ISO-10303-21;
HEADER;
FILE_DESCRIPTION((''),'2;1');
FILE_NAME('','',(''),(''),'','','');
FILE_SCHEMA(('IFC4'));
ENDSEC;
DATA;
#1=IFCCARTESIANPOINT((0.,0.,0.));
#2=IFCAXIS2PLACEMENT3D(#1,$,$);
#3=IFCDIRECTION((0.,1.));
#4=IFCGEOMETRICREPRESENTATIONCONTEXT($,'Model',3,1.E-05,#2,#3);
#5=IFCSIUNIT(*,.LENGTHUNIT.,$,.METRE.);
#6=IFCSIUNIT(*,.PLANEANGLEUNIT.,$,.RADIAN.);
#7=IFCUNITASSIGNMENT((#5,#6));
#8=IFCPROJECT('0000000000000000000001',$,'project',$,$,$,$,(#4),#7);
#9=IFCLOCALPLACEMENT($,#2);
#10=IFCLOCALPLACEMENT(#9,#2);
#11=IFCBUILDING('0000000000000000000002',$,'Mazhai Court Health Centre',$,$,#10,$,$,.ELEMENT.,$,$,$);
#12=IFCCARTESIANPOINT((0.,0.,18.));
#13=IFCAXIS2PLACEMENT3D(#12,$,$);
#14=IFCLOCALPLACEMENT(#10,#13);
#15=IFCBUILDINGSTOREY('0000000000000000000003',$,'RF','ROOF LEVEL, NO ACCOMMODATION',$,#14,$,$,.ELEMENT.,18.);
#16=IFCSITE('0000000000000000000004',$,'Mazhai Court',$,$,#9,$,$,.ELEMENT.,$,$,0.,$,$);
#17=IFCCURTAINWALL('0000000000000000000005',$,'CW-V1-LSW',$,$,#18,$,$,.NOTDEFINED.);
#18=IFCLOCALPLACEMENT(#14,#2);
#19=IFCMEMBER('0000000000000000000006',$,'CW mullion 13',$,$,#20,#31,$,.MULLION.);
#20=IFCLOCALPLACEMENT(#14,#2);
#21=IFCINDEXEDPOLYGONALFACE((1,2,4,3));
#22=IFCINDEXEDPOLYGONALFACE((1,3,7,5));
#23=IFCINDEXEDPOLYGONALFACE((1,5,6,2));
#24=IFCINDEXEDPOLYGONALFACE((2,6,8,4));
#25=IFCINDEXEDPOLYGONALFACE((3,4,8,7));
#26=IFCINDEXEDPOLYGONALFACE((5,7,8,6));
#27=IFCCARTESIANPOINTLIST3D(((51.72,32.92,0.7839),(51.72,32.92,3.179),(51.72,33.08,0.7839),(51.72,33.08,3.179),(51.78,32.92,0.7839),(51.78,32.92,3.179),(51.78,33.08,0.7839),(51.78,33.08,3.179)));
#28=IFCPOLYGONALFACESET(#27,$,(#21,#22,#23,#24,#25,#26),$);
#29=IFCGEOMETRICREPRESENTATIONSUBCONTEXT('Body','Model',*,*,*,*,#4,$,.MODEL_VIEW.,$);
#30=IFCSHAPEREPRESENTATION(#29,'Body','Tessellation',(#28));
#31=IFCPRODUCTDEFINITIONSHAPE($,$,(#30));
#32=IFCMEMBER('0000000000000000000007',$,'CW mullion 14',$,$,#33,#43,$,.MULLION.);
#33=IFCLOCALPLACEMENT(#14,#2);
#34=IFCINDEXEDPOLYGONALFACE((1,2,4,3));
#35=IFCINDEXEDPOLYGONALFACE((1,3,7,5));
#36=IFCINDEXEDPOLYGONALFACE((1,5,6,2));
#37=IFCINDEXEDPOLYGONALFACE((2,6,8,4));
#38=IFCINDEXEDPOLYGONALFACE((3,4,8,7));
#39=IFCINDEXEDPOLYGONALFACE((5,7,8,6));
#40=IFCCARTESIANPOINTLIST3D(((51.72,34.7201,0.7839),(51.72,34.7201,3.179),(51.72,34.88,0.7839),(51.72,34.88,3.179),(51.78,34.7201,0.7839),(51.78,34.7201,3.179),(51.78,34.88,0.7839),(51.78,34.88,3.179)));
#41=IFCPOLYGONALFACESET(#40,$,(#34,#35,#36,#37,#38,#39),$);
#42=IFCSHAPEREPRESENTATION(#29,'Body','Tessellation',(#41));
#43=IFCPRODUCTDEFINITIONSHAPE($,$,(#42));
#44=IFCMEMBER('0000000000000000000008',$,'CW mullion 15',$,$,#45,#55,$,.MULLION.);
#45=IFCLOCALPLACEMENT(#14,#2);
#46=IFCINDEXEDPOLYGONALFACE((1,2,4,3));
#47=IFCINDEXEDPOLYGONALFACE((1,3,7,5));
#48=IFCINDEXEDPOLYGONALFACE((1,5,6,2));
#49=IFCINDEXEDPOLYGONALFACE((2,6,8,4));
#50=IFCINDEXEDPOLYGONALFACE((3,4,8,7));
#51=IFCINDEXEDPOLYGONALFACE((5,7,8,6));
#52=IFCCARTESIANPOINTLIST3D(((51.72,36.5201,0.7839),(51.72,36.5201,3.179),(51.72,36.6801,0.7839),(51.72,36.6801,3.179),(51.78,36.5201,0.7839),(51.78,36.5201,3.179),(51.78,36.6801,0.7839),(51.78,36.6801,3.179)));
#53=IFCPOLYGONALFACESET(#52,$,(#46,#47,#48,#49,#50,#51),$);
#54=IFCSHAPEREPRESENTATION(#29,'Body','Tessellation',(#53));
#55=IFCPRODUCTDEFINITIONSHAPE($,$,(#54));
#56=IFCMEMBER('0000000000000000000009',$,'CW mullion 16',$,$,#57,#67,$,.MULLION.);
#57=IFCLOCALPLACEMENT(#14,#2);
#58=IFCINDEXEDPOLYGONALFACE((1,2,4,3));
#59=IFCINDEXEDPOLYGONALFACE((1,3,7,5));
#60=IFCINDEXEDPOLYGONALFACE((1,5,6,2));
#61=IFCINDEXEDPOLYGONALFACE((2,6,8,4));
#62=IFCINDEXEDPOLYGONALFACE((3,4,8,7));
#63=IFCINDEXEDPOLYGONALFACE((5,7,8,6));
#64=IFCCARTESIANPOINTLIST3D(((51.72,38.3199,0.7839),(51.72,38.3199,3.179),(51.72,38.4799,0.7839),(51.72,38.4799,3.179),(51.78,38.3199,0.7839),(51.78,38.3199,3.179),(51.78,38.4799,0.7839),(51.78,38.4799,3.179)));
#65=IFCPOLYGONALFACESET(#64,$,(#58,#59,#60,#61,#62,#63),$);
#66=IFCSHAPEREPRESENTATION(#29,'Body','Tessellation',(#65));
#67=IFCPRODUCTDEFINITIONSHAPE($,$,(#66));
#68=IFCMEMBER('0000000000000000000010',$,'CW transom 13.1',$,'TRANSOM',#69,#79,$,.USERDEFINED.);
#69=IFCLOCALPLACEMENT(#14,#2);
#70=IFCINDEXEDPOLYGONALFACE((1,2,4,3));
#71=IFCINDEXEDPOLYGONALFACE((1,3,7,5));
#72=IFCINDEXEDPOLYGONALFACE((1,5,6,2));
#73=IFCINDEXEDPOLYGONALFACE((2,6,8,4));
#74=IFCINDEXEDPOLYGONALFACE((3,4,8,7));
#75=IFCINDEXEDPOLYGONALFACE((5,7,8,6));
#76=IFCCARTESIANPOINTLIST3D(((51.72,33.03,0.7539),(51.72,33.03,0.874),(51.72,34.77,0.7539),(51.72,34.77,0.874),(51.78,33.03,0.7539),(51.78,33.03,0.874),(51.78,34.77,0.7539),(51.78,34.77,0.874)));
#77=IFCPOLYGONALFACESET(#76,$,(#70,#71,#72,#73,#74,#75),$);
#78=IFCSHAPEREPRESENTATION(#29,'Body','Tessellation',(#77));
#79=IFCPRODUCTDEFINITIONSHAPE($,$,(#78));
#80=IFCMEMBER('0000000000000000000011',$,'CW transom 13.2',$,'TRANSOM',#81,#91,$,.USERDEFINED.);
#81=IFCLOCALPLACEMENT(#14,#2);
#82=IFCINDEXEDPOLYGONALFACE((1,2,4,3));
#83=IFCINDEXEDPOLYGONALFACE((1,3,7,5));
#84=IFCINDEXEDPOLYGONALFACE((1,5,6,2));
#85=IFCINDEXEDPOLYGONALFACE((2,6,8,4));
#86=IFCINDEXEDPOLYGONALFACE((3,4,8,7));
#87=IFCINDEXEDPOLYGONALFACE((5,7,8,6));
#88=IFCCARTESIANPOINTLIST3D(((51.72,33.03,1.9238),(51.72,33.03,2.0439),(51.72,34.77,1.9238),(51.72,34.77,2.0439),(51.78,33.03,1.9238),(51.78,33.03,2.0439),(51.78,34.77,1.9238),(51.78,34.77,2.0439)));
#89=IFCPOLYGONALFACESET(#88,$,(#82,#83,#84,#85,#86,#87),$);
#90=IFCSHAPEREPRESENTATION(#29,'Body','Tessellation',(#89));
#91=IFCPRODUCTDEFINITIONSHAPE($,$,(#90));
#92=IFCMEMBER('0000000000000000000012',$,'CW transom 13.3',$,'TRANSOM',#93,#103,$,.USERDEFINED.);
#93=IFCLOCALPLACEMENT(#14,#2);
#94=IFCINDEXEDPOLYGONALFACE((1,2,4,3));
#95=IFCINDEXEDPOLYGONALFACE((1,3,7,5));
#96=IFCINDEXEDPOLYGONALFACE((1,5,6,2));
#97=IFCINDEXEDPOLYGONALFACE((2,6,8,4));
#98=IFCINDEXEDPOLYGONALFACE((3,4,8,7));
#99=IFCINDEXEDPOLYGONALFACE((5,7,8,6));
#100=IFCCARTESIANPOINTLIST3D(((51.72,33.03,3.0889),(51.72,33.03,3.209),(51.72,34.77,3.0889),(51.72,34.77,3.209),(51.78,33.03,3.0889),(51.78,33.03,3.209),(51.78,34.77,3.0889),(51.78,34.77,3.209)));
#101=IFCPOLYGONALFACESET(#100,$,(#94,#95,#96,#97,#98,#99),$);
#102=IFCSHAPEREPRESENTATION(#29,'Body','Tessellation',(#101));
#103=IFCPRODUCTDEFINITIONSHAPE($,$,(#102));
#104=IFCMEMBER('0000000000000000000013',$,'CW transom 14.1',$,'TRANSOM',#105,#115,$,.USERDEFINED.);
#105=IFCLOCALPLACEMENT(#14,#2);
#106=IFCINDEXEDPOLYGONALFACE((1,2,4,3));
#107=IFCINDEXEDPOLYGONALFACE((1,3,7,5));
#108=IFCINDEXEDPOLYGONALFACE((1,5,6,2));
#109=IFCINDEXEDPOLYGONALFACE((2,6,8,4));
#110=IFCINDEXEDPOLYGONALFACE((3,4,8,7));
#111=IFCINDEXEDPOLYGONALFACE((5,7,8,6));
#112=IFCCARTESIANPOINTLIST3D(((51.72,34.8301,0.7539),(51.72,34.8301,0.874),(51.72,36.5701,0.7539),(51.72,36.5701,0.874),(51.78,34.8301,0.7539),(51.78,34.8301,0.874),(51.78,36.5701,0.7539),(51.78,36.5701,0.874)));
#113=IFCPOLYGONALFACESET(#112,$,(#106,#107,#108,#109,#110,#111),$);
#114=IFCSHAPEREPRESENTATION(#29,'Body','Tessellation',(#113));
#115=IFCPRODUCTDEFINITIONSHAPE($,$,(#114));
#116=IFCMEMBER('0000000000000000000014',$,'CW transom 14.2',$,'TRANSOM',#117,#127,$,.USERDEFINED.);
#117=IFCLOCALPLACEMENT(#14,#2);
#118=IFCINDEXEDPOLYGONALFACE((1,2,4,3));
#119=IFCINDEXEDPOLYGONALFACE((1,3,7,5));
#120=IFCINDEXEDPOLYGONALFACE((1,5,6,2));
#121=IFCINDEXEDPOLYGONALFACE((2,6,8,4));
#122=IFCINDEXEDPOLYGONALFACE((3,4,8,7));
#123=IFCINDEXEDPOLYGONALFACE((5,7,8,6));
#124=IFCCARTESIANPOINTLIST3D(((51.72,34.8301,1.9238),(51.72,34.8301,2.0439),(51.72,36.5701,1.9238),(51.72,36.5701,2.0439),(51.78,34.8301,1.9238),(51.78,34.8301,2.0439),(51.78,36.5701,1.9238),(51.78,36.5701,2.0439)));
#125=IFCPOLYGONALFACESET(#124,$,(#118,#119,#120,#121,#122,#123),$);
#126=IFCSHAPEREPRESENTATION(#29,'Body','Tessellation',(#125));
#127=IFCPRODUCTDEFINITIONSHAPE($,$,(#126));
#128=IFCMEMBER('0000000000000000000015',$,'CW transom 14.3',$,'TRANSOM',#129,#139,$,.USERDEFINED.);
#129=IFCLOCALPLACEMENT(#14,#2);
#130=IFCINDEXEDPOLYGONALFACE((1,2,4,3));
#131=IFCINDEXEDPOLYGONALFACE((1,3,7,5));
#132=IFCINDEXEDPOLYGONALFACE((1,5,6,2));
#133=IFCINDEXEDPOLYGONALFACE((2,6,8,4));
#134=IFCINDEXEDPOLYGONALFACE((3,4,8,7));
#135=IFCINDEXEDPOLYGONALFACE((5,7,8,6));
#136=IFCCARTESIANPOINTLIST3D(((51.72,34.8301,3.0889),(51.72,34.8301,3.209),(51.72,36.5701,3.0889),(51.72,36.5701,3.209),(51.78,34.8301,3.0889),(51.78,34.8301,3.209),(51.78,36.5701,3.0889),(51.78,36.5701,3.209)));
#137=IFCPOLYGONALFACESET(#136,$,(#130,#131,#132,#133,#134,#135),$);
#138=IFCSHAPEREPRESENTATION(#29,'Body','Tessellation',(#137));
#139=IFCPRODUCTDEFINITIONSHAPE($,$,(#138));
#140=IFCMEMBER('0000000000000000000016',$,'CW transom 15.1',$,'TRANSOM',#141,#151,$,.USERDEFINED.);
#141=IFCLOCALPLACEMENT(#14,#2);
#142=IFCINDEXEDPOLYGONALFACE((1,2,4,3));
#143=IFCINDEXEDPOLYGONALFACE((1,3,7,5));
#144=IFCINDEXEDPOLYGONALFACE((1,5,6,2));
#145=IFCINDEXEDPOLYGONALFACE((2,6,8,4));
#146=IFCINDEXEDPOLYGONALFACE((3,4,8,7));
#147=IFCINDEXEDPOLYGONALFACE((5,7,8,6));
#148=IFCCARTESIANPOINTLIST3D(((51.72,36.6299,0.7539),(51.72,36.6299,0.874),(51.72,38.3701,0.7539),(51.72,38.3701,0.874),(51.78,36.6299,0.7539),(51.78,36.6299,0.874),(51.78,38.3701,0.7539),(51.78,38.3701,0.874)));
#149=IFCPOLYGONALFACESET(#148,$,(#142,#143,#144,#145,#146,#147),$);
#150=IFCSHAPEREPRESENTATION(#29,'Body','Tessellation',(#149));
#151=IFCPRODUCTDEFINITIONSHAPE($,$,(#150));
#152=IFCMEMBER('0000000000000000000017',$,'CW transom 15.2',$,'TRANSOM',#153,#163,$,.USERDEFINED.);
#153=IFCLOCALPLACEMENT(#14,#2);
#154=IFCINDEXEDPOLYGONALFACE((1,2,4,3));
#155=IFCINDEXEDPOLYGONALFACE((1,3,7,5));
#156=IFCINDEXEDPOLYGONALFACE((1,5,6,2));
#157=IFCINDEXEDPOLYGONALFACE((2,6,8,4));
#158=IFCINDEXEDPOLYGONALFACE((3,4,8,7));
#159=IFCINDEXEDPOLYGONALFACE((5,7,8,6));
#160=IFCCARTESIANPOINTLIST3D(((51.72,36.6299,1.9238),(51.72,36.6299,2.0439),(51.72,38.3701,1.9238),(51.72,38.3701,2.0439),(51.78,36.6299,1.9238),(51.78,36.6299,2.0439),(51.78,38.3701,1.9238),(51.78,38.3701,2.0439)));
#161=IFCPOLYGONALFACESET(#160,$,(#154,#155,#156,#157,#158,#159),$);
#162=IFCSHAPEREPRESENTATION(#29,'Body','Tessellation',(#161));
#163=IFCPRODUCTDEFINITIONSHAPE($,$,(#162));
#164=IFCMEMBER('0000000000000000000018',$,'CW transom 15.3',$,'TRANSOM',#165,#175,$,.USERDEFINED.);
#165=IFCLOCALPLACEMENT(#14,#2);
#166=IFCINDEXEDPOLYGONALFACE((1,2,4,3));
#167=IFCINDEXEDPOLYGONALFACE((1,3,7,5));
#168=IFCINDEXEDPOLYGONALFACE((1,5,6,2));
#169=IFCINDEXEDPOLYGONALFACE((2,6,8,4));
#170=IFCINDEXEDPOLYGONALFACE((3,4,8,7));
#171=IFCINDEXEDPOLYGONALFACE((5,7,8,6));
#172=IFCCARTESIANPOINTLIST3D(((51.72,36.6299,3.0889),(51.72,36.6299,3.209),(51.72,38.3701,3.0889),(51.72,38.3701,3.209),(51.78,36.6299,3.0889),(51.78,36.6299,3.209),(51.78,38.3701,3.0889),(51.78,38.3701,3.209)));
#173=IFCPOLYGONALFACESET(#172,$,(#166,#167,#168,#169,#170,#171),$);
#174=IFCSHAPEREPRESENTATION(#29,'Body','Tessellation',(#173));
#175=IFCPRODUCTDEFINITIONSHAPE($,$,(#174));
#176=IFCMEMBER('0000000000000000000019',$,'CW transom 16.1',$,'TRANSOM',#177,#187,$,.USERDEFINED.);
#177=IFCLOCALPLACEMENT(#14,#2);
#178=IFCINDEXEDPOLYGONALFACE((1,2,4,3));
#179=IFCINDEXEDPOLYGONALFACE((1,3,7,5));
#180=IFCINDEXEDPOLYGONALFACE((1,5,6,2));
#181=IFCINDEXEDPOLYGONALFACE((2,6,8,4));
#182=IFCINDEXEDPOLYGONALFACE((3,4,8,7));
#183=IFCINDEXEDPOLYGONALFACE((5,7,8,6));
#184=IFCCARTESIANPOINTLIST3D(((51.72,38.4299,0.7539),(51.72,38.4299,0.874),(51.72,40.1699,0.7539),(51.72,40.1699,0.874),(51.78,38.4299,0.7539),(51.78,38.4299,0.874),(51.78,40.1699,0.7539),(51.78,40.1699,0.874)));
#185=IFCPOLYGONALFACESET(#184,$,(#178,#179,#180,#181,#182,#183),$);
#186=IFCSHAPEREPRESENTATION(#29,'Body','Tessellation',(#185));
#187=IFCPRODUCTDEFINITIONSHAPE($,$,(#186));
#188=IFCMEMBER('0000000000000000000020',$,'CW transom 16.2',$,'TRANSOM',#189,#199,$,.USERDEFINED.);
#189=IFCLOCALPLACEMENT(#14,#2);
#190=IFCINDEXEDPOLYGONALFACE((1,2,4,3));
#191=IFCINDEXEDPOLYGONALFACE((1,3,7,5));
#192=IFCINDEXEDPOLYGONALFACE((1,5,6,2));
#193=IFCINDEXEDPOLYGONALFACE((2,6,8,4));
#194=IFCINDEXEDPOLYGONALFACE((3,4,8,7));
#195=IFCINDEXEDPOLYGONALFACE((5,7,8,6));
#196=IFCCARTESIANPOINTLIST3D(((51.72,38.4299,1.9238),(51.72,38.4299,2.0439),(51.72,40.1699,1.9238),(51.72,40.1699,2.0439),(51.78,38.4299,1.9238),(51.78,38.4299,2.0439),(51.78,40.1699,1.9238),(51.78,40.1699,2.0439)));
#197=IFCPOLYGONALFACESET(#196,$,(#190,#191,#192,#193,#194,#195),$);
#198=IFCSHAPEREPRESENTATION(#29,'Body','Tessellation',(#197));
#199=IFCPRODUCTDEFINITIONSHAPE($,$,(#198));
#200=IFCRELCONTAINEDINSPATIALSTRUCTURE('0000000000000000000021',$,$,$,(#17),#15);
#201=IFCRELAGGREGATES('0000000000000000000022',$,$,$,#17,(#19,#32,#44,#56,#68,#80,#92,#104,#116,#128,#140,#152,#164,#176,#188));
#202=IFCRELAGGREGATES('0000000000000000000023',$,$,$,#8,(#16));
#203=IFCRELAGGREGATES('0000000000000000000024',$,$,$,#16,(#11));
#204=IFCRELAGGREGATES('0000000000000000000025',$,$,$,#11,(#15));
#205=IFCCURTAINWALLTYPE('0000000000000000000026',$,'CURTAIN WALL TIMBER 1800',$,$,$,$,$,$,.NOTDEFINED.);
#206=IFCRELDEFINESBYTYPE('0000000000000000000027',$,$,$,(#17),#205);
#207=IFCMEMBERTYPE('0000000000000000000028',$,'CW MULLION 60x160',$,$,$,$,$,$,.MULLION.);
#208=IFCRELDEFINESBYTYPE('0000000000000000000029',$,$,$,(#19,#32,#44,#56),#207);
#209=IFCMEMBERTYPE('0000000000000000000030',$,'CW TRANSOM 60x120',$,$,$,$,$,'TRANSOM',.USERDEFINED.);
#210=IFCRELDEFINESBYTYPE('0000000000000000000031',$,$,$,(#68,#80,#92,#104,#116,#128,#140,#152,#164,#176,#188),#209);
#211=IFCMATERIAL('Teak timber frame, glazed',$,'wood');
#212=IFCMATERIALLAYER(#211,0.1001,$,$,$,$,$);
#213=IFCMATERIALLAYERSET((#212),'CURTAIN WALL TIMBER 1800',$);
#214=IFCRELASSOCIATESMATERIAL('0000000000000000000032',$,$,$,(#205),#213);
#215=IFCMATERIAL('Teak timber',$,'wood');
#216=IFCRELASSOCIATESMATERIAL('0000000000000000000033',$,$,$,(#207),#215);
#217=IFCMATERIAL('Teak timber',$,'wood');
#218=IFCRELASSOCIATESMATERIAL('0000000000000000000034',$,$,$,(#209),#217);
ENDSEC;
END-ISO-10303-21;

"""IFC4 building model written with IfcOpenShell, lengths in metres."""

from ifc_helpers import new_model, si_unit, direction, frame, origin, origin_2d, place, context, subcontext, project, spatial, rectangle, extrude, material, layer, layer_set, material_profile, profile_set, type_object, element, aggregate, save


model = new_model("IFC4")

# Units and contexts
model_context = context("Model", 3, precision=1e-05, world=origin(), true_north=direction((0.0, 1.0)))
body_context = subcontext(model_context, "Body", "Model", "MODEL_VIEW")
ifc_project = project(units=[si_unit("LENGTHUNIT", "METRE"), si_unit("PLANEANGLEUNIT", "RADIAN")], contexts=[model_context])

# Site, building, storey
site_placement = place(None, origin())
site = spatial("IfcSite", under=ifc_project, at=site_placement, Name="Mazhai Court", CompositionType="ELEMENT", RefElevation=0.0)
building_placement = place(site_placement, origin())
building = spatial("IfcBuilding", under=site, at=building_placement, Name="Mazhai Court Health Centre", CompositionType="ELEMENT")
storey_placement = place(building_placement, frame((0.0, 0.0, 18.0)))
storey = spatial("IfcBuildingStorey", under=building, at=storey_placement, Name="RF", Description="ROOF LEVEL, NO ACCOMMODATION", CompositionType="ELEMENT", Elevation=18.0)

# Curtain wall, members
ifc_material_1 = material(Name="Teak timber frame, glazed", Category="wood")
ifc_layer_1 = layer(ifc_material_1, 0.1001)
ifc_layer_set_1 = layer_set([ifc_layer_1], Name="CURTAIN WALL TIMBER 1800")
curtain_wall_type = type_object("IfcCurtainWallType", Name="CURTAIN WALL TIMBER 1800", PredefinedType="NOTDEFINED", material=ifc_layer_set_1)
curtain_wall_placement = place(storey_placement, origin())
curtain_wall = element("IfcCurtainWall", 1, at=curtain_wall_placement, inside=storey, type_object=curtain_wall_type, Name="CW-V1-LSW", PredefinedType="NOTDEFINED")
ifc_material_2 = material(Name="Teak timber", Category="wood")
ifc_material_profile_1 = material_profile(ifc_material_2, rectangle(XDim=0.0601, YDim=0.1599, at=origin_2d()), Name="CW MULLION 60x160")
ifc_profile_set_1 = profile_set([ifc_material_profile_1], Name="Teak timber")
member_type_1 = type_object("IfcMemberType", Name="CW MULLION 60x160", PredefinedType="MULLION", material=ifc_profile_set_1)
member_1_placement = place(storey_placement, frame((51.75, 33.0, 0.7839), z_axis=(0.0, 0.0, 1.0), x_axis=(-1.0, 0.0, 0.0)))
member_1 = element("IfcMember", 2, at=member_1_placement, type_object=member_type_1, Name="CW mullion 13", PredefinedType="MULLION", context=body_context, shape_type="SweptSolid", body=[
    extrude(rectangle(XDim=0.0601, YDim=0.1599, at=origin_2d()), origin(), (0.0, 0.0, 1.0), 2.395),
])
member_2_placement = place(storey_placement, frame((51.75, 34.8, 0.7839), z_axis=(0.0, 0.0, 1.0), x_axis=(-1.0, 0.0, 0.0)))
member_2 = element("IfcMember", 3, at=member_2_placement, type_object=member_type_1, Name="CW mullion 14", PredefinedType="MULLION", context=body_context, shape_type="SweptSolid", body=[
    extrude(rectangle(XDim=0.0601, YDim=0.1599, at=origin_2d()), origin(), (0.0, 0.0, 1.0), 2.395),
])
member_3_placement = place(storey_placement, frame((51.75, 36.6001, 0.7839), z_axis=(0.0, 0.0, 1.0), x_axis=(-1.0, 0.0, 0.0)))
member_3 = element("IfcMember", 4, at=member_3_placement, type_object=member_type_1, Name="CW mullion 15", PredefinedType="MULLION", context=body_context, shape_type="SweptSolid", body=[
    extrude(rectangle(XDim=0.0601, YDim=0.1599, at=origin_2d()), origin(), (0.0, 0.0, 1.0), 2.395),
])
member_4_placement = place(storey_placement, frame((51.75, 38.3999, 0.7839), z_axis=(0.0, 0.0, 1.0), x_axis=(-1.0, 0.0, 0.0)))
member_4 = element("IfcMember", 5, at=member_4_placement, type_object=member_type_1, Name="CW mullion 16", PredefinedType="MULLION", context=body_context, shape_type="SweptSolid", body=[
    extrude(rectangle(XDim=0.0601, YDim=0.1599, at=origin_2d()), origin(), (0.0, 0.0, 1.0), 2.395),
])
ifc_material_3 = material(Name="Teak timber", Category="wood")
ifc_material_profile_2 = material_profile(ifc_material_3, rectangle(XDim=0.0601, YDim=0.1201, at=origin_2d()), Name="CW TRANSOM 60x120")
ifc_profile_set_2 = profile_set([ifc_material_profile_2], Name="Teak timber")
member_type_2 = type_object("IfcMemberType", Name="CW TRANSOM 60x120", ElementType="TRANSOM", PredefinedType="USERDEFINED", material=ifc_profile_set_2)
member_5_placement = place(storey_placement, frame((51.75, 33.03, 0.814), z_axis=(0.0, 1.0, 0.0), x_axis=(-1.0, 0.0, 0.0)))
member_5 = element("IfcMember", 6, at=member_5_placement, type_object=member_type_2, Name="CW transom 13.1", ObjectType="TRANSOM", PredefinedType="USERDEFINED", context=body_context, shape_type="SweptSolid", body=[
    extrude(rectangle(XDim=0.0601, YDim=0.1201, at=origin_2d()), origin(), (0.0, 0.0, 1.0), 1.74),
])
member_6_placement = place(storey_placement, frame((51.75, 33.03, 1.9839), z_axis=(0.0, 1.0, 0.0), x_axis=(-1.0, 0.0, 0.0)))
member_6 = element("IfcMember", 7, at=member_6_placement, type_object=member_type_2, Name="CW transom 13.2", ObjectType="TRANSOM", PredefinedType="USERDEFINED", context=body_context, shape_type="SweptSolid", body=[
    extrude(rectangle(XDim=0.0601, YDim=0.1201, at=origin_2d()), origin(), (0.0, 0.0, 1.0), 1.74),
])
member_7_placement = place(storey_placement, frame((51.75, 33.03, 3.1489), z_axis=(0.0, 1.0, 0.0), x_axis=(-1.0, 0.0, 0.0)))
member_7 = element("IfcMember", 8, at=member_7_placement, type_object=member_type_2, Name="CW transom 13.3", ObjectType="TRANSOM", PredefinedType="USERDEFINED", context=body_context, shape_type="SweptSolid", body=[
    extrude(rectangle(XDim=0.0601, YDim=0.1201, at=origin_2d()), origin(), (0.0, 0.0, 1.0), 1.74),
])
member_8_placement = place(storey_placement, frame((51.75, 34.8301, 0.814), z_axis=(0.0, 1.0, 0.0), x_axis=(-1.0, 0.0, 0.0)))
member_8 = element("IfcMember", 9, at=member_8_placement, type_object=member_type_2, Name="CW transom 14.1", ObjectType="TRANSOM", PredefinedType="USERDEFINED", context=body_context, shape_type="SweptSolid", body=[
    extrude(rectangle(XDim=0.0601, YDim=0.1201, at=origin_2d()), origin(), (0.0, 0.0, 1.0), 1.74),
])
member_9_placement = place(storey_placement, frame((51.75, 34.8301, 1.9839), z_axis=(0.0, 1.0, 0.0), x_axis=(-1.0, 0.0, 0.0)))
member_9 = element("IfcMember", 10, at=member_9_placement, type_object=member_type_2, Name="CW transom 14.2", ObjectType="TRANSOM", PredefinedType="USERDEFINED", context=body_context, shape_type="SweptSolid", body=[
    extrude(rectangle(XDim=0.0601, YDim=0.1201, at=origin_2d()), origin(), (0.0, 0.0, 1.0), 1.74),
])
member_10_placement = place(storey_placement, frame((51.75, 34.8301, 3.1489), z_axis=(0.0, 1.0, 0.0), x_axis=(-1.0, 0.0, 0.0)))
member_10 = element("IfcMember", 11, at=member_10_placement, type_object=member_type_2, Name="CW transom 14.3", ObjectType="TRANSOM", PredefinedType="USERDEFINED", context=body_context, shape_type="SweptSolid", body=[
    extrude(rectangle(XDim=0.0601, YDim=0.1201, at=origin_2d()), origin(), (0.0, 0.0, 1.0), 1.74),
])
member_11_placement = place(storey_placement, frame((51.75, 36.6299, 0.814), z_axis=(0.0, 1.0, 0.0), x_axis=(-1.0, 0.0, 0.0)))
member_11 = element("IfcMember", 12, at=member_11_placement, type_object=member_type_2, Name="CW transom 15.1", ObjectType="TRANSOM", PredefinedType="USERDEFINED", context=body_context, shape_type="SweptSolid", body=[
    extrude(rectangle(XDim=0.0601, YDim=0.1201, at=origin_2d()), origin(), (0.0, 0.0, 1.0), 1.7402),
])
member_12_placement = place(storey_placement, frame((51.75, 36.6299, 1.9839), z_axis=(0.0, 1.0, 0.0), x_axis=(-1.0, 0.0, 0.0)))
member_12 = element("IfcMember", 13, at=member_12_placement, type_object=member_type_2, Name="CW transom 15.2", ObjectType="TRANSOM", PredefinedType="USERDEFINED", context=body_context, shape_type="SweptSolid", body=[
    extrude(rectangle(XDim=0.0601, YDim=0.1201, at=origin_2d()), origin(), (0.0, 0.0, 1.0), 1.7402),
])
member_13_placement = place(storey_placement, frame((51.75, 36.6299, 3.1489), z_axis=(0.0, 1.0, 0.0), x_axis=(-1.0, 0.0, 0.0)))
member_13 = element("IfcMember", 14, at=member_13_placement, type_object=member_type_2, Name="CW transom 15.3", ObjectType="TRANSOM", PredefinedType="USERDEFINED", context=body_context, shape_type="SweptSolid", body=[
    extrude(rectangle(XDim=0.0601, YDim=0.1201, at=origin_2d()), origin(), (0.0, 0.0, 1.0), 1.7402),
])
member_14_placement = place(storey_placement, frame((51.75, 38.4299, 0.814), z_axis=(0.0, 1.0, 0.0), x_axis=(-1.0, 0.0, 0.0)))
member_14 = element("IfcMember", 15, at=member_14_placement, type_object=member_type_2, Name="CW transom 16.1", ObjectType="TRANSOM", PredefinedType="USERDEFINED", context=body_context, shape_type="SweptSolid", body=[
    extrude(rectangle(XDim=0.0601, YDim=0.1201, at=origin_2d()), origin(), (0.0, 0.0, 1.0), 1.74),
])
member_15_placement = place(storey_placement, frame((51.75, 38.4299, 1.9839), z_axis=(0.0, 1.0, 0.0), x_axis=(-1.0, 0.0, 0.0)))
member_15 = element("IfcMember", 16, at=member_15_placement, type_object=member_type_2, Name="CW transom 16.2", ObjectType="TRANSOM", PredefinedType="USERDEFINED", context=body_context, shape_type="SweptSolid", body=[
    extrude(rectangle(XDim=0.0601, YDim=0.1201, at=origin_2d()), origin(), (0.0, 0.0, 1.0), 1.74),
])
aggregate(curtain_wall, [member_1, member_2, member_3, member_4, member_5, member_6, member_7, member_8, member_9, member_10, member_11, member_12, member_13, member_14, member_15])

save(model, "model.ifc")
